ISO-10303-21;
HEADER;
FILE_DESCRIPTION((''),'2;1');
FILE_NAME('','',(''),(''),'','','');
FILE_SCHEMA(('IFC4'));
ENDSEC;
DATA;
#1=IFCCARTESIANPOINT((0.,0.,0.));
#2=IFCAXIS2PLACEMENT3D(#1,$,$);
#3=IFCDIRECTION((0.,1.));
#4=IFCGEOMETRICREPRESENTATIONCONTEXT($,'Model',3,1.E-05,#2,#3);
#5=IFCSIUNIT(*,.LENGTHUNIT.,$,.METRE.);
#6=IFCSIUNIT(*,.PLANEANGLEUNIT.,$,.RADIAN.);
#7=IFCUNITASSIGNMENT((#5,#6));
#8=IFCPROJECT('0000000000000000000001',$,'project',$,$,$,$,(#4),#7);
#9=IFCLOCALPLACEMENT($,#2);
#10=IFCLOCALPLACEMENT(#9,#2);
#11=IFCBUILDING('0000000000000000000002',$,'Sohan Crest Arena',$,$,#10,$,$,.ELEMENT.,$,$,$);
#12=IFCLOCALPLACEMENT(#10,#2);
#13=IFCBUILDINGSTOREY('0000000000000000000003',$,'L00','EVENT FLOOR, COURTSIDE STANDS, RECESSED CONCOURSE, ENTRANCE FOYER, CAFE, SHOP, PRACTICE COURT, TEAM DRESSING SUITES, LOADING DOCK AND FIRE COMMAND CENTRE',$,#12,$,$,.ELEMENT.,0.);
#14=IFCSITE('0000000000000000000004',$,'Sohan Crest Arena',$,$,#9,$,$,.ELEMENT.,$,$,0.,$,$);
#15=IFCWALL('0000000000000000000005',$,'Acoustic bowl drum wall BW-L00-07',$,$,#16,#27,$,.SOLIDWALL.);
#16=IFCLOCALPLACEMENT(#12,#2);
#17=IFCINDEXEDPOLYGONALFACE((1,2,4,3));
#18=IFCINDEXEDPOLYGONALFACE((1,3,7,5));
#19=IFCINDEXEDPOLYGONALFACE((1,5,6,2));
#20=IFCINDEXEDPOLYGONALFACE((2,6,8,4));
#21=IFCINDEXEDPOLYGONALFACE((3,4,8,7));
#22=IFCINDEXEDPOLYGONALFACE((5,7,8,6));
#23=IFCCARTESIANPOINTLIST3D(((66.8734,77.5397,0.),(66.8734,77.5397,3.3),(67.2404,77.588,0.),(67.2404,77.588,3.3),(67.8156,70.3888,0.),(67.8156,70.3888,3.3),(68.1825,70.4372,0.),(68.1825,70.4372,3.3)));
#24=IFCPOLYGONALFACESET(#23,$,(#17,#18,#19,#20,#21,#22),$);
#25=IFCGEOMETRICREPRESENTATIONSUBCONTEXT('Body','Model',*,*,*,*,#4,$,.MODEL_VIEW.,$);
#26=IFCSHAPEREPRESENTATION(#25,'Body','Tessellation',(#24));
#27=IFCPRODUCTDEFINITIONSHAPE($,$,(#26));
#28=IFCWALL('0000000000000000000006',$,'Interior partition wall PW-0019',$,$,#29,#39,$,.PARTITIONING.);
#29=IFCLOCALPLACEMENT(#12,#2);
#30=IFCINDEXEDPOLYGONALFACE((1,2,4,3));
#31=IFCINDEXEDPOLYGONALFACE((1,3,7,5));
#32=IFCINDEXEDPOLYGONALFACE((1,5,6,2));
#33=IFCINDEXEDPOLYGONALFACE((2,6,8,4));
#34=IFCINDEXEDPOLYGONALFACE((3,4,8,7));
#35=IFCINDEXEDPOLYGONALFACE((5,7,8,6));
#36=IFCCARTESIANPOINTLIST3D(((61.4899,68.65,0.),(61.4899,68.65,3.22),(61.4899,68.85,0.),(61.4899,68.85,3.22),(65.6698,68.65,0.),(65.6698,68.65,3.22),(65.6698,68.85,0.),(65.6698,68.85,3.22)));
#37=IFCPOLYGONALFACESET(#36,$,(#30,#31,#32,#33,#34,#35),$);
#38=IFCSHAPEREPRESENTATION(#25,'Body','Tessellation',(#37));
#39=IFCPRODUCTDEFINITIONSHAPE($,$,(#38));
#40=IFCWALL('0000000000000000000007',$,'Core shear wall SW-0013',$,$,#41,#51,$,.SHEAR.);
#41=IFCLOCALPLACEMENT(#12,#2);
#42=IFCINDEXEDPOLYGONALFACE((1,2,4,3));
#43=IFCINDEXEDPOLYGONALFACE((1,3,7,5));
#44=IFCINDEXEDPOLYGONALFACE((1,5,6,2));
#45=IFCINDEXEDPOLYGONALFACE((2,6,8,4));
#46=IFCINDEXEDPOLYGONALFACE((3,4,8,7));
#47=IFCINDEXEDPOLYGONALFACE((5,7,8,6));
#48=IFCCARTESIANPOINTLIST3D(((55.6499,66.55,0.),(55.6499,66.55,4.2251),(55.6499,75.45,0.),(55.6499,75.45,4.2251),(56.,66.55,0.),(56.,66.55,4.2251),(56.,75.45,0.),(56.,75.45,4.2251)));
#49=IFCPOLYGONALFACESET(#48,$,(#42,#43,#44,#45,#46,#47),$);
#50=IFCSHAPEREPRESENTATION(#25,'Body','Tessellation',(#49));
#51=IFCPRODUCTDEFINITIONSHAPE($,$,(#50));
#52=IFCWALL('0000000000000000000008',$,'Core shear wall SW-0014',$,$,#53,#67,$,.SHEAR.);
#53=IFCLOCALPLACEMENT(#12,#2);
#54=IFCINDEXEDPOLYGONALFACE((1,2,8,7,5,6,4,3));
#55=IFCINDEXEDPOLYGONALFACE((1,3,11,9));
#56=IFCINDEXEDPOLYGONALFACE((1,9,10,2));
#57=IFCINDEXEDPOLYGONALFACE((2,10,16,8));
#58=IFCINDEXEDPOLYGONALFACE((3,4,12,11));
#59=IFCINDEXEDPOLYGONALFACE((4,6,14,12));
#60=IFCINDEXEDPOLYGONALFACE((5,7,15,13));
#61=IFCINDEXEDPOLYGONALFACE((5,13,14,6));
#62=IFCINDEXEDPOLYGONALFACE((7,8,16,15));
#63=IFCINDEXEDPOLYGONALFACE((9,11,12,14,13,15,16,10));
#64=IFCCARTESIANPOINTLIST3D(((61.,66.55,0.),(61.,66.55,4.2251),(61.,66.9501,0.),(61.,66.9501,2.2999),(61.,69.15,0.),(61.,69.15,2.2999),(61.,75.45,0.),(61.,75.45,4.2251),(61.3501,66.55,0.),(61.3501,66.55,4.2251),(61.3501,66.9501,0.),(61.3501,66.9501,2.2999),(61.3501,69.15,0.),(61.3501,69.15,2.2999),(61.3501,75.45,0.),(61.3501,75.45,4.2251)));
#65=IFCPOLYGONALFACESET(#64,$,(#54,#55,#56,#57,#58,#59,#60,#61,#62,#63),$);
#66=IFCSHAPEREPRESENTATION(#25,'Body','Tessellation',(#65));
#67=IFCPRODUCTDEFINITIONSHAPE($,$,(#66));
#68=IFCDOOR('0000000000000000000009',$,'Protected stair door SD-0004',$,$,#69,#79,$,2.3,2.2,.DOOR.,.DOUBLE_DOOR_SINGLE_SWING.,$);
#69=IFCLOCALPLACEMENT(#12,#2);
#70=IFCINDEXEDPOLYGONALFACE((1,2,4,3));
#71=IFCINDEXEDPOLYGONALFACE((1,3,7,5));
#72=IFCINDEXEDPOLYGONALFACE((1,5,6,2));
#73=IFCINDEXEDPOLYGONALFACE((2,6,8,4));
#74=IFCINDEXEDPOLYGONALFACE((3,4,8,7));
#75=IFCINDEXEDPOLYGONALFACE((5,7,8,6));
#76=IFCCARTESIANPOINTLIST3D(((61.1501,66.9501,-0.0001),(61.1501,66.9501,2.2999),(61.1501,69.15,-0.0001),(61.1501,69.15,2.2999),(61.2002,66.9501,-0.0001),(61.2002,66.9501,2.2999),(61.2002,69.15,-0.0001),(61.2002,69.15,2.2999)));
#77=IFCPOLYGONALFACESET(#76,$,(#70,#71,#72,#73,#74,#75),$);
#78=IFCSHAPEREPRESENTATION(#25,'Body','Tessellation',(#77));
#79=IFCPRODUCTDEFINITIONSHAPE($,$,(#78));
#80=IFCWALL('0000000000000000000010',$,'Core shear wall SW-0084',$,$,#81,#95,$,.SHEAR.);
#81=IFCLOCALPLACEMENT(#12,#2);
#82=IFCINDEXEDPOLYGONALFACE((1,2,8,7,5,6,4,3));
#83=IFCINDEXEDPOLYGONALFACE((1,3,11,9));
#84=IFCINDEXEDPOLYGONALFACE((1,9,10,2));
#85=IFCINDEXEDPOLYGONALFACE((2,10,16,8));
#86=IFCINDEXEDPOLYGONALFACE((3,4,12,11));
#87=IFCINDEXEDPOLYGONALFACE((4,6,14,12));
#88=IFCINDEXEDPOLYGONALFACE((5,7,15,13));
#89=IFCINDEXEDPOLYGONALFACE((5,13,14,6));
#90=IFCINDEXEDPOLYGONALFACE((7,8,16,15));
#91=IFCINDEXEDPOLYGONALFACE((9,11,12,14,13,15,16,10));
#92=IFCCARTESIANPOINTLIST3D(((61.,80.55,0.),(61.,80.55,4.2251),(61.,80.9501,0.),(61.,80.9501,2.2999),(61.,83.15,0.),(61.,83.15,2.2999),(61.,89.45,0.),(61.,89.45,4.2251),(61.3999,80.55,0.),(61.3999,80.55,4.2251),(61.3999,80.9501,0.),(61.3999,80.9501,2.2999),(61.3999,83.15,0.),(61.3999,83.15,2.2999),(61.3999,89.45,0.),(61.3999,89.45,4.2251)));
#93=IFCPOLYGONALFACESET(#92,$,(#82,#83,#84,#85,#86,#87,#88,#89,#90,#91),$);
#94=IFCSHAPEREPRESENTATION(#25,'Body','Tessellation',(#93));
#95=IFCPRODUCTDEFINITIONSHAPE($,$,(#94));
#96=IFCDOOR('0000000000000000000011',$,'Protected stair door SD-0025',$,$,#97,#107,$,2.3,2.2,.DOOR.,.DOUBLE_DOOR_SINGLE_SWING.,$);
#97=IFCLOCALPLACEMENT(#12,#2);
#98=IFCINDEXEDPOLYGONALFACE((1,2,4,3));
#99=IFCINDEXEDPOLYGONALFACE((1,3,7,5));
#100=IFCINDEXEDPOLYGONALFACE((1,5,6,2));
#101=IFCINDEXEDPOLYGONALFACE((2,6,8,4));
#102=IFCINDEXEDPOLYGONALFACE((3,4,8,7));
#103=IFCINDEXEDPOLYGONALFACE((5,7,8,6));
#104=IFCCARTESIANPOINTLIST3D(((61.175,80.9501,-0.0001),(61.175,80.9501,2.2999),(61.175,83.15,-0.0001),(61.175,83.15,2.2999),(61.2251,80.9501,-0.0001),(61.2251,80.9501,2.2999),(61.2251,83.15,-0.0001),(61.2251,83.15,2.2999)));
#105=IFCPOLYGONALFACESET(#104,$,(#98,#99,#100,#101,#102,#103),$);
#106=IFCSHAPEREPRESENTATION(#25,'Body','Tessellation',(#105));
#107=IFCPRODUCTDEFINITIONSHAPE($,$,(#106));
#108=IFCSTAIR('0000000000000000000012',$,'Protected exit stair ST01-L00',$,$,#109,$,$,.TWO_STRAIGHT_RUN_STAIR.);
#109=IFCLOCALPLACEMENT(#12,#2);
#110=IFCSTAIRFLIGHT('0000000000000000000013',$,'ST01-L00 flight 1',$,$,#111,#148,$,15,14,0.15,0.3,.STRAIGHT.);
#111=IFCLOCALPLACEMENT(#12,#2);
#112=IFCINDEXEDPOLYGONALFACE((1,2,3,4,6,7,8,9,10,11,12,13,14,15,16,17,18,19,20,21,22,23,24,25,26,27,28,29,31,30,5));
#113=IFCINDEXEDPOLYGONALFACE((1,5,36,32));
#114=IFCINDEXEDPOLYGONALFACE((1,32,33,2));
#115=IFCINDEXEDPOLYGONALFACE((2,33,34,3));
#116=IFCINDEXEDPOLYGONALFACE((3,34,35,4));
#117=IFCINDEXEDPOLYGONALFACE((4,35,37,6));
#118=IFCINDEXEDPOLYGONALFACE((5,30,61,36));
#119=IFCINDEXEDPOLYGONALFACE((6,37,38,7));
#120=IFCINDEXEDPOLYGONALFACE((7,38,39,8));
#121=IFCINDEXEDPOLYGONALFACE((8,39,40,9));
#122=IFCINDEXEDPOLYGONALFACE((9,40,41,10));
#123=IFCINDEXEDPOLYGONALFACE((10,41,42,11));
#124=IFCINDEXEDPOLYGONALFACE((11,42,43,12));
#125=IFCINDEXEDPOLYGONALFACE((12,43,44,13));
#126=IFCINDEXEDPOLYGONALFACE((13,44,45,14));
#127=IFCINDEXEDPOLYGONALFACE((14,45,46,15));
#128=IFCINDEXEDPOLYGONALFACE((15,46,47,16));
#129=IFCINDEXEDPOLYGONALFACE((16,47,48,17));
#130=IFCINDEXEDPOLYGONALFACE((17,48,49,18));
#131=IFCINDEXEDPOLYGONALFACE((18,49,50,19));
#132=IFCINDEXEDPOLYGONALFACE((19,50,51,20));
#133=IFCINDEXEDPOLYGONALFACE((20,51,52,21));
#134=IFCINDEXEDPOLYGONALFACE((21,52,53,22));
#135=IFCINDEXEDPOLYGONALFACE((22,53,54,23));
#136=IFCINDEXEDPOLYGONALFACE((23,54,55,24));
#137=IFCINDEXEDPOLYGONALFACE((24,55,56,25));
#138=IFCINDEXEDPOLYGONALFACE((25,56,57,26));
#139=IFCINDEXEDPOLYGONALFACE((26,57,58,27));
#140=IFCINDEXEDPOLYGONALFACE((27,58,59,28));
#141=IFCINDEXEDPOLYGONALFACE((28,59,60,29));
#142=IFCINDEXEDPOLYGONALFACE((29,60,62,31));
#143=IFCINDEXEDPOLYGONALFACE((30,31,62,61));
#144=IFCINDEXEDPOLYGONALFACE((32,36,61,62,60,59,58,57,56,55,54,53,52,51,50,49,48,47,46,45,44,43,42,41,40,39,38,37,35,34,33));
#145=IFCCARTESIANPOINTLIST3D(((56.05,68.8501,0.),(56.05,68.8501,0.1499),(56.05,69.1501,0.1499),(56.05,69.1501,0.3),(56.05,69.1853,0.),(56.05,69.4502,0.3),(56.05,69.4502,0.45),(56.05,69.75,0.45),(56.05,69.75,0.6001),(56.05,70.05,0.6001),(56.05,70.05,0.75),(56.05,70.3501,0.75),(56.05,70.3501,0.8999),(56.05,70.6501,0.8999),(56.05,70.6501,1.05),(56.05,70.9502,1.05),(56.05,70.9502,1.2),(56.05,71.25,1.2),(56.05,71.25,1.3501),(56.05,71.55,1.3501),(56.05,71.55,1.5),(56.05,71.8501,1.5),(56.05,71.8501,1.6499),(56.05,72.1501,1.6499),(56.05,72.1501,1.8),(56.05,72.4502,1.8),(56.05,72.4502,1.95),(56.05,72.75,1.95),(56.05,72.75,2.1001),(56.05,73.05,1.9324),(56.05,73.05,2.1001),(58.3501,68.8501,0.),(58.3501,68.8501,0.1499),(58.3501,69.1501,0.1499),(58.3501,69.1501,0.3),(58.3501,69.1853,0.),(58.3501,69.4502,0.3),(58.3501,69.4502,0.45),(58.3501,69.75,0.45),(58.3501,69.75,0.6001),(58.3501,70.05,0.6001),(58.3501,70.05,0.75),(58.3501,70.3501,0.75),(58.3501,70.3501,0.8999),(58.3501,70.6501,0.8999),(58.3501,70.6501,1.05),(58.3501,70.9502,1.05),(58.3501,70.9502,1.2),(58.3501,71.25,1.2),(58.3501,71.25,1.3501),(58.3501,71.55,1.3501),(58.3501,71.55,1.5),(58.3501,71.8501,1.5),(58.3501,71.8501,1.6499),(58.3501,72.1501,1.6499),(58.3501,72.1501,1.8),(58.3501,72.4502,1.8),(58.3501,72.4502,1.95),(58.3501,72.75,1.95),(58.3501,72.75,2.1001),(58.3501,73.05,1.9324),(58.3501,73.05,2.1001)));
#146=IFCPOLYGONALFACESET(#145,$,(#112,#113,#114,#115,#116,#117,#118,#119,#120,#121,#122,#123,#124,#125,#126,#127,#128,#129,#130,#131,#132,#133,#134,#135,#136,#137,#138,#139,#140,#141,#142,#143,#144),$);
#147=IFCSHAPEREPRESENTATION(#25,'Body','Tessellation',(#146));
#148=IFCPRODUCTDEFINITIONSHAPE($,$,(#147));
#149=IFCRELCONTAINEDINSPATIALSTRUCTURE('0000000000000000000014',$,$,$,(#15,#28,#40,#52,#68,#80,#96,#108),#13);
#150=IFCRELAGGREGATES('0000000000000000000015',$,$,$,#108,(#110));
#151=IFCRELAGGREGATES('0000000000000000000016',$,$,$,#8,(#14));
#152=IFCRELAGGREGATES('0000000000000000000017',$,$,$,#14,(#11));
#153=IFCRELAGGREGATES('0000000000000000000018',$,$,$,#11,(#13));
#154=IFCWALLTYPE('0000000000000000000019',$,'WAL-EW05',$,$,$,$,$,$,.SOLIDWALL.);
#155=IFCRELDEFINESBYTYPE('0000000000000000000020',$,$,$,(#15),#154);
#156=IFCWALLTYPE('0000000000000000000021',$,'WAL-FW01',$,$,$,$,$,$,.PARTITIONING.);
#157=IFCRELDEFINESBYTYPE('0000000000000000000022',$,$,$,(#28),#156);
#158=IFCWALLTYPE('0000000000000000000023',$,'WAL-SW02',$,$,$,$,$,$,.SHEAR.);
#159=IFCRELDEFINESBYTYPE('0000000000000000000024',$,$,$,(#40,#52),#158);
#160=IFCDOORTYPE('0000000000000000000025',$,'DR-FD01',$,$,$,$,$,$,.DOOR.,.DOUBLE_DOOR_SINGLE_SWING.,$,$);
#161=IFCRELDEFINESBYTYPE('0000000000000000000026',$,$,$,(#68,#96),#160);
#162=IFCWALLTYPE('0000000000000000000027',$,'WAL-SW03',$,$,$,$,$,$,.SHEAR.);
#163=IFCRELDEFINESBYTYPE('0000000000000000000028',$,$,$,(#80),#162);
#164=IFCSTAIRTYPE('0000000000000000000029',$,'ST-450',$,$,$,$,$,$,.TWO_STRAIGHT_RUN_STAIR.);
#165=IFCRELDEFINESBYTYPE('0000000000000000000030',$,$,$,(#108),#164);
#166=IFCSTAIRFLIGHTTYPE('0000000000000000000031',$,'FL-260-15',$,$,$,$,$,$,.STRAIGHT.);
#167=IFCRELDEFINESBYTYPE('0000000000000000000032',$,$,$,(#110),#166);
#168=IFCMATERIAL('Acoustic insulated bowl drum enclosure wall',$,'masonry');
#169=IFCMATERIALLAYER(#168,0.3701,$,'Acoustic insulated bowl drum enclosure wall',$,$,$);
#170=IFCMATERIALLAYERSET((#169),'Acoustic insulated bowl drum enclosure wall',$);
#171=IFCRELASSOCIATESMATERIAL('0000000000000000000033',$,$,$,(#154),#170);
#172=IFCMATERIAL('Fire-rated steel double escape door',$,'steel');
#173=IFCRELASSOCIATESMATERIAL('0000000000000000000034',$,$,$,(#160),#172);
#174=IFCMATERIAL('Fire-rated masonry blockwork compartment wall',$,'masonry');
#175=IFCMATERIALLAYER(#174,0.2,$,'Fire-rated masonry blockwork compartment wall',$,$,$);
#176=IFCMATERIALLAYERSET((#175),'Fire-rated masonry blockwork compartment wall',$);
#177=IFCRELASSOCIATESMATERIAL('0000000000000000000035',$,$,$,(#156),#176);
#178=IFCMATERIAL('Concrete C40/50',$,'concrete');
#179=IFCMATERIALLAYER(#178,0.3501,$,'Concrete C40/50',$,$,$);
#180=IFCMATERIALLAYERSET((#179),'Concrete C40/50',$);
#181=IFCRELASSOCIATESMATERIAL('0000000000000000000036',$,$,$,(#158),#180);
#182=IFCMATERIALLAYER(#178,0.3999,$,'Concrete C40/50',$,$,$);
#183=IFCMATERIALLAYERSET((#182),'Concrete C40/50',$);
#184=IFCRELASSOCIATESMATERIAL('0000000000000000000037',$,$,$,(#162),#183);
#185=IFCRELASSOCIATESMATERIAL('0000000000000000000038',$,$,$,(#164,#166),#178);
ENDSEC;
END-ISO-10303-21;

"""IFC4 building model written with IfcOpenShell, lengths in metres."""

from ifc_helpers import new_model, si_unit, direction, frame, frame_2d, origin, place, context, subcontext, project, spatial, polyline, rectangle, outline, extrude, material, layer, layer_set, type_object, element, fill, aggregate, save


model = new_model("IFC4")

# Units and contexts
model_context = context("Model", 3, precision=1e-05, world=origin(), true_north=direction((0.0, 1.0)))
body_context = subcontext(model_context, "Body", "Model", "MODEL_VIEW")
ifc_project = project(units=[si_unit("LENGTHUNIT", "METRE"), si_unit("PLANEANGLEUNIT", "RADIAN")], contexts=[model_context])

# Site, building, storey
site_placement = place(None, origin())
site = spatial("IfcSite", under=ifc_project, at=site_placement, Name="Sohan Crest Arena", CompositionType="ELEMENT", RefElevation=0.0)
building_placement = place(site_placement, origin())
building = spatial("IfcBuilding", under=site, at=building_placement, Name="Sohan Crest Arena", CompositionType="ELEMENT")
storey_placement = place(building_placement, origin())
storey = spatial("IfcBuildingStorey", under=building, at=storey_placement, Name="L00", Description="EVENT FLOOR, COURTSIDE STANDS, RECESSED CONCOURSE, ENTRANCE FOYER, CAFE, SHOP, PRACTICE COURT, TEAM DRESSING SUITES, LOADING DOCK AND FIRE COMMAND CENTRE", CompositionType="ELEMENT", Elevation=0.0)

# Shared definitions
ifc_material_1 = material(Name="Concrete C40/50", Category="concrete")

# Shared definitions
ifc_material_2 = material(Name="Acoustic insulated bowl drum enclosure wall", Category="masonry")
ifc_layer_1 = layer(ifc_material_2, 0.3701, Name="Acoustic insulated bowl drum enclosure wall")
ifc_layer_set_1 = layer_set([ifc_layer_1], Name="Acoustic insulated bowl drum enclosure wall")
wall_type_1 = type_object("IfcWallType", Name="WAL-EW05", PredefinedType="SOLIDWALL", material=ifc_layer_set_1)
ifc_material_3 = material(Name="Fire-rated steel double escape door", Category="steel")
door_type = type_object("IfcDoorType", Name="DR-FD01", OperationType="DOUBLE_DOOR_SINGLE_SWING", PredefinedType="DOOR", material=ifc_material_3)

# Walls
wall_1_placement = place(storey_placement, frame((67.0569, 77.564, 0.0), z_axis=(0.0, 0.0, 1.0), x_axis=(0.130623, -0.991432, 0.0)))
element("IfcWall", 1, at=wall_1_placement, inside=storey, type_object=wall_type_1, Name="Acoustic bowl drum wall BW-L00-07", PredefinedType="SOLIDWALL", context=body_context, shape_type="SweptSolid", body=[
    extrude(rectangle(XDim=7.2126, YDim=0.3701, at=frame_2d((3.6064, 0.0))), origin(), (0.0, 0.0, 1.0), 3.3),
])
ifc_material_4 = material(Name="Fire-rated masonry blockwork compartment wall", Category="masonry")
ifc_layer_2 = layer(ifc_material_4, 0.2, Name="Fire-rated masonry blockwork compartment wall")
ifc_layer_set_2 = layer_set([ifc_layer_2], Name="Fire-rated masonry blockwork compartment wall")
wall_type_2 = type_object("IfcWallType", Name="WAL-FW01", PredefinedType="PARTITIONING", material=ifc_layer_set_2)
wall_2_placement = place(storey_placement, frame((61.49, 68.75, 0.0), z_axis=(0.0, 0.0, 1.0), x_axis=(1.0, 0.0, 0.0)))
element("IfcWall", 2, at=wall_2_placement, inside=storey, type_object=wall_type_2, Name="Interior partition wall PW-0019", PredefinedType="PARTITIONING", context=body_context, shape_type="SweptSolid", body=[
    extrude(rectangle(XDim=4.1799, YDim=0.2, at=frame_2d((2.0898, 0.0))), origin(), (0.0, 0.0, 1.0), 3.22),
])
ifc_layer_3 = layer(ifc_material_1, 0.3501, Name="Concrete C40/50")
ifc_layer_set_3 = layer_set([ifc_layer_3], Name="Concrete C40/50")
wall_type_3 = type_object("IfcWallType", Name="WAL-SW02", PredefinedType="SHEAR", material=ifc_layer_set_3)
wall_3_placement = place(storey_placement, frame((55.825, 66.55, 0.0), z_axis=(0.0, 0.0, 1.0), x_axis=(0.0, 1.0, 0.0)))
element("IfcWall", 3, at=wall_3_placement, inside=storey, type_object=wall_type_3, Name="Core shear wall SW-0013", PredefinedType="SHEAR", context=body_context, shape_type="SweptSolid", body=[
    extrude(rectangle(XDim=8.8999, YDim=0.3501, at=frame_2d((4.45, 0.0))), origin(), (0.0, 0.0, 1.0), 4.2251),
])

# Walls, openings, doors
wall_4_placement = place(storey_placement, frame((61.175, 66.55, 0.0), z_axis=(0.0, 0.0, 1.0), x_axis=(0.0, 1.0, 0.0)))
wall_4 = element("IfcWall", 4, at=wall_4_placement, inside=storey, type_object=wall_type_3, Name="Core shear wall SW-0014", PredefinedType="SHEAR", context=body_context, shape_type="SweptSolid", body=[
    extrude(rectangle(XDim=8.8999, YDim=0.3501, at=frame_2d((4.45, 0.0))), origin(), (0.0, 0.0, 1.0), 4.2251),
])
opening_1_placement = place(wall_4_placement, frame((0.3999, 0.0, 0.0)))
opening_1 = element("IfcOpeningElement", 5, at=opening_1_placement, cuts=wall_4, PredefinedType="OPENING", context=body_context, shape_type="SweptSolid", body=[
    extrude(rectangle(XDim=2.2, YDim=2.3, at=frame_2d((1.1001, 1.1499))), frame((0.0, 0.1851, 0.0), z_axis=(0.0, -1.0, 0.0), x_axis=(1.0, 0.0, 0.0)), (0.0, 0.0, 1.0), 0.3701),
])
door_1_placement = place(opening_1_placement, origin())
door_1 = element("IfcDoor", 6, at=door_1_placement, inside=storey, type_object=door_type, Name="Protected stair door SD-0004", OperationType="DOUBLE_DOOR_SINGLE_SWING", OverallHeight=2.3, OverallWidth=2.2, PredefinedType="DOOR", context=body_context, shape_type="SweptSolid", body=[
    extrude(rectangle(XDim=2.2, YDim=2.3, at=frame_2d((1.1001, 1.1499))), frame((0.0, 0.0249, 0.0), z_axis=(0.0, -1.0, 0.0), x_axis=(1.0, 0.0, 0.0)), (0.0, 0.0, 1.0), 0.05),
])
fill(opening_1, door_1)
ifc_layer_4 = layer(ifc_material_1, 0.3999, Name="Concrete C40/50")
ifc_layer_set_4 = layer_set([ifc_layer_4], Name="Concrete C40/50")
wall_type_4 = type_object("IfcWallType", Name="WAL-SW03", PredefinedType="SHEAR", material=ifc_layer_set_4)
wall_5_placement = place(storey_placement, frame((61.2, 80.55, 0.0), z_axis=(0.0, 0.0, 1.0), x_axis=(0.0, 1.0, 0.0)))
wall_5 = element("IfcWall", 7, at=wall_5_placement, inside=storey, type_object=wall_type_4, Name="Core shear wall SW-0084", PredefinedType="SHEAR", context=body_context, shape_type="SweptSolid", body=[
    extrude(rectangle(XDim=8.8999, YDim=0.3999, at=frame_2d((4.45, 0.0))), origin(), (0.0, 0.0, 1.0), 4.2251),
])
opening_2_placement = place(wall_5_placement, frame((0.3999, 0.0, 0.0)))
opening_2 = element("IfcOpeningElement", 8, at=opening_2_placement, cuts=wall_5, PredefinedType="OPENING", context=body_context, shape_type="SweptSolid", body=[
    extrude(rectangle(XDim=2.2, YDim=2.3, at=frame_2d((1.1001, 1.1499))), frame((0.0, 0.21, 0.0), z_axis=(0.0, -1.0, 0.0), x_axis=(1.0, 0.0, 0.0)), (0.0, 0.0, 1.0), 0.4199),
])
door_2_placement = place(opening_2_placement, origin())
door_2 = element("IfcDoor", 9, at=door_2_placement, inside=storey, type_object=door_type, Name="Protected stair door SD-0025", OperationType="DOUBLE_DOOR_SINGLE_SWING", OverallHeight=2.3, OverallWidth=2.2, PredefinedType="DOOR", context=body_context, shape_type="SweptSolid", body=[
    extrude(rectangle(XDim=2.2, YDim=2.3, at=frame_2d((1.1001, 1.1499))), frame((0.0, 0.0249, 0.0), z_axis=(0.0, -1.0, 0.0), x_axis=(1.0, 0.0, 0.0)), (0.0, 0.0, 1.0), 0.05),
])
fill(opening_2, door_2)

# Stair, stair flight
stair_type = type_object("IfcStairType", Name="ST-450", PredefinedType="TWO_STRAIGHT_RUN_STAIR", material=ifc_material_1)
stair_1_placement = place(storey_placement, origin())
stair_1 = element("IfcStair", 10, at=stair_1_placement, inside=storey, type_object=stair_type, Name="Protected exit stair ST01-L00", PredefinedType="TWO_STRAIGHT_RUN_STAIR")
stair_flight_type = type_object("IfcStairFlightType", Name="FL-260-15", PredefinedType="STRAIGHT", material=ifc_material_1)
stair_flight_1_placement = place(storey_placement, frame((57.2, 68.8501, 0.0), z_axis=(0.0, 0.0, 1.0), x_axis=(0.0, 1.0, 0.0)))
stair_flight_1 = element("IfcStairFlight", 11, at=stair_flight_1_placement, type_object=stair_flight_type, Name="ST01-L00 flight 1", NumberOfRisers=15, NumberOfTreads=14, PredefinedType="STRAIGHT", RiserHeight=0.15, TreadLength=0.3, context=body_context, shape_type="SweptSolid", body=[
    extrude(outline(polyline([(0.0, 0.0), (0.0, 0.1499), (0.3, 0.1499), (0.3, 0.3), (0.6001, 0.3), (0.6001, 0.45), (0.8999, 0.45), (0.8999, 0.6001), (1.2, 0.6001), (1.2, 0.75), (1.5, 0.75), (1.5, 0.8999), (1.8, 0.8999), (1.8, 1.05), (2.1001, 1.05), (2.1001, 1.2), (2.3999, 1.2), (2.3999, 1.3501), (2.7, 1.3501), (2.7, 1.5), (3.0, 1.5), (3.0, 1.6499), (3.3, 1.6499), (3.3, 1.8), (3.6001, 1.8), (3.6001, 1.95), (3.8999, 1.95), (3.8999, 2.1001), (4.2, 2.1001), (4.2, 2.25), (4.2, 1.9324), (0.3352, 0.0), (0.0, 0.0)])), frame((0.0, 1.1499, 0.0), z_axis=(0.0, -1.0, 0.0), x_axis=(1.0, 0.0, 0.0)), (0.0, 0.0, 1.0), 2.3),
])
aggregate(stair_1, [stair_flight_1])

save(model, "model.ifc")
